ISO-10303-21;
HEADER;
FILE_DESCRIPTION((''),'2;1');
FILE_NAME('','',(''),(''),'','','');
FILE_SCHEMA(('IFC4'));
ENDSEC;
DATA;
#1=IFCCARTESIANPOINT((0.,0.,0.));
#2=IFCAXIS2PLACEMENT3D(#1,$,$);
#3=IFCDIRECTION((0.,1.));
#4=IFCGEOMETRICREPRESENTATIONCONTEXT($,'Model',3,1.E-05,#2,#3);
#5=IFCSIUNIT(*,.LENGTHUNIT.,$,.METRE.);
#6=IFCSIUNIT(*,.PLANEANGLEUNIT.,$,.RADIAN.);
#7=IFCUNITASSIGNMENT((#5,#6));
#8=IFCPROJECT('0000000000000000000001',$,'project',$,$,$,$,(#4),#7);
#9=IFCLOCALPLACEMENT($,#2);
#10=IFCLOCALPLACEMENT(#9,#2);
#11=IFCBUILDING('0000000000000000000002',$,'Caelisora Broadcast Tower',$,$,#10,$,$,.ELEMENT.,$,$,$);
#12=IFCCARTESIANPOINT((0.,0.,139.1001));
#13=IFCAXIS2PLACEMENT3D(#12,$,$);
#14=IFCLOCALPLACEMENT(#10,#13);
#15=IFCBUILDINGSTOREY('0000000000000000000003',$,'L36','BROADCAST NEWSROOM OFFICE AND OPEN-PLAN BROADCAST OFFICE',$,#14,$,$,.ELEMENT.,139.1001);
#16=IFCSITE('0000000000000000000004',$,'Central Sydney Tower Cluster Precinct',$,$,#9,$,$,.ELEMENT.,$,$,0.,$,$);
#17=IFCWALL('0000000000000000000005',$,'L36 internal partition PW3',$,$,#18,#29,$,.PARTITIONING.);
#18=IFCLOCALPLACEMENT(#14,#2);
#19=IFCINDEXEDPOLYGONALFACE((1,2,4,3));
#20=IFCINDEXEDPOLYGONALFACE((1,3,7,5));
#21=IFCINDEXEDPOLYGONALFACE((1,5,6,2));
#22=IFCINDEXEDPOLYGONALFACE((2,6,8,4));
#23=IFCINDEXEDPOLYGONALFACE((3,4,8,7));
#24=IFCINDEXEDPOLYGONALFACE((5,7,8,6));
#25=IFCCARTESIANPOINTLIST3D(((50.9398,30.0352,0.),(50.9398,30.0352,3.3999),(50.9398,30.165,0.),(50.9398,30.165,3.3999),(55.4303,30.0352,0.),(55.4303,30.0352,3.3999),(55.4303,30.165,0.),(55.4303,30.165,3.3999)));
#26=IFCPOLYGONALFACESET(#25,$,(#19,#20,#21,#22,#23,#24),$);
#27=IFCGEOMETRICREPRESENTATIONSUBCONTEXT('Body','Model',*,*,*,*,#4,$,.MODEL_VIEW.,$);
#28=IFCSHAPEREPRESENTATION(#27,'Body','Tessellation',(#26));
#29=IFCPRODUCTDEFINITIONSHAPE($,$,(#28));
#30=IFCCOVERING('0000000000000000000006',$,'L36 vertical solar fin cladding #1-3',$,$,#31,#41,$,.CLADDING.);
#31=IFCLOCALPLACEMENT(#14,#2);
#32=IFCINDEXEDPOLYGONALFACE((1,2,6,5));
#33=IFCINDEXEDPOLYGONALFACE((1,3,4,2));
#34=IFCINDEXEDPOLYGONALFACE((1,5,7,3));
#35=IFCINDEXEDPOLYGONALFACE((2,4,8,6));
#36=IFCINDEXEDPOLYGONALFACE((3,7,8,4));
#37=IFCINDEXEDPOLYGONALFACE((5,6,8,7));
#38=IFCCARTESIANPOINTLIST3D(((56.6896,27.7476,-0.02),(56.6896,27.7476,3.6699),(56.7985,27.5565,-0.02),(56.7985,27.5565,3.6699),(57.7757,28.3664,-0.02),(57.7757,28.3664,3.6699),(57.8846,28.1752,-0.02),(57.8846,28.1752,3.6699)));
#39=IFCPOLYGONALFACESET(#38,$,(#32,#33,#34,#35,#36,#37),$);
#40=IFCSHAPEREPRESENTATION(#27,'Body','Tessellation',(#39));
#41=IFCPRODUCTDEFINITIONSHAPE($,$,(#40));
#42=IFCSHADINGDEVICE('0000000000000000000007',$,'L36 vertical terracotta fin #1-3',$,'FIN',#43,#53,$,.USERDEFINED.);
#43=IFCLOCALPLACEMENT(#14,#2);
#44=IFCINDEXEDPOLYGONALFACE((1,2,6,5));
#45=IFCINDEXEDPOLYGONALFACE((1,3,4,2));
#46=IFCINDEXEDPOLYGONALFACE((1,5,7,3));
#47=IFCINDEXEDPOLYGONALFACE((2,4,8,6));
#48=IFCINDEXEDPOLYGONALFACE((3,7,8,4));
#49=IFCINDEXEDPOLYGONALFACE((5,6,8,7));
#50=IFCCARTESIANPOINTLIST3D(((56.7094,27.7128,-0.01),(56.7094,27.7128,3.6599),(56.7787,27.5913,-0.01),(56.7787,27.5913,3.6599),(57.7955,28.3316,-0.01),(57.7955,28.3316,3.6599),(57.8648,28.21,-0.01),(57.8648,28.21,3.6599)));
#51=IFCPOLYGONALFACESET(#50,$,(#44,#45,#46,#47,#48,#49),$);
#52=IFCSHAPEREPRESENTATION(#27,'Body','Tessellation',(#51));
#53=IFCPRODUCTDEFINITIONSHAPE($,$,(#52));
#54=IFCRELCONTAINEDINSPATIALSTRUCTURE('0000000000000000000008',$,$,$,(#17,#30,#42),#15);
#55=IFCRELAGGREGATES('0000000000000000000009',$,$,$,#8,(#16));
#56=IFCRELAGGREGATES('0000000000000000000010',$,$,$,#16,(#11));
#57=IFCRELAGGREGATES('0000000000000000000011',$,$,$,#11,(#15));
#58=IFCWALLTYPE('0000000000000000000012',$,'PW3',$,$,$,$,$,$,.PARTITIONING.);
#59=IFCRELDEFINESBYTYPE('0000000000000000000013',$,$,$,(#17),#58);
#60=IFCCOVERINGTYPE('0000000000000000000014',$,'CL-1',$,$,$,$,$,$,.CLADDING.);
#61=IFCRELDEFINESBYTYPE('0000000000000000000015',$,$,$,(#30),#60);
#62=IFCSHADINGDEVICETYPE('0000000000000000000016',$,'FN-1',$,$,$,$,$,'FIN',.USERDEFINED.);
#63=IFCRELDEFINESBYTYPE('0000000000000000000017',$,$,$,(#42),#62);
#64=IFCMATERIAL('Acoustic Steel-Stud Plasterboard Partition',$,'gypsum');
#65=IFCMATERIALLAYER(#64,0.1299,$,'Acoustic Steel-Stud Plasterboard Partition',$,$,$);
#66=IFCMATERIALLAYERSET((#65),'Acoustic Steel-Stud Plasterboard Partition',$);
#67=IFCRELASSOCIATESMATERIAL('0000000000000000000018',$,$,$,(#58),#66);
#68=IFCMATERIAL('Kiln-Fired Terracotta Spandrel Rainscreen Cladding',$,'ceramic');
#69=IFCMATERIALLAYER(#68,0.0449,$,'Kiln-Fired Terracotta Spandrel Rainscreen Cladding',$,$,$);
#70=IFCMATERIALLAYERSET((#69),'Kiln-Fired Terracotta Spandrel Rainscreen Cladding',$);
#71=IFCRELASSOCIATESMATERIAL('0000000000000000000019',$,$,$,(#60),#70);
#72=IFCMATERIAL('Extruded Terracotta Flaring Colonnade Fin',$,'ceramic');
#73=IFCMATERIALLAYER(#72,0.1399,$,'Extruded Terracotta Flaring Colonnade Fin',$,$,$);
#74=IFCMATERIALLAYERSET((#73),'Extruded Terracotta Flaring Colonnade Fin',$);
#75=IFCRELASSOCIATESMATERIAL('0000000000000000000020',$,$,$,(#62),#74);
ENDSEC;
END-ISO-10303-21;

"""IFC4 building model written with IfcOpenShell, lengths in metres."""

from ifc_helpers import new_model, si_unit, direction, frame, frame_2d, origin, origin_2d, place, context, subcontext, project, spatial, rectangle, extrude, source, transform, mapped, material, layer, layer_set, type_object, type_shapes, element, save


model = new_model("IFC4")

# Units and contexts
model_context = context("Model", 3, precision=1e-05, world=origin(), true_north=direction((0.0, 1.0)))
body_context = subcontext(model_context, "Body", "Model", "MODEL_VIEW")
ifc_project = project(units=[si_unit("LENGTHUNIT", "METRE"), si_unit("PLANEANGLEUNIT", "RADIAN")], contexts=[model_context])

# Site, building, storey
site_placement = place(None, origin())
site = spatial("IfcSite", under=ifc_project, at=site_placement, Name="Central Sydney Tower Cluster Precinct", CompositionType="ELEMENT", RefElevation=0.0)
building_placement = place(site_placement, origin())
building = spatial("IfcBuilding", under=site, at=building_placement, Name="Caelisora Broadcast Tower", CompositionType="ELEMENT")
storey_placement = place(building_placement, frame((0.0, 0.0, 139.1001)))
storey = spatial("IfcBuildingStorey", under=building, at=storey_placement, Name="L36", Description="BROADCAST NEWSROOM OFFICE AND OPEN-PLAN BROADCAST OFFICE", CompositionType="ELEMENT", Elevation=139.1001)

# Wall
ifc_material_1 = material(Name="Acoustic Steel-Stud Plasterboard Partition", Category="gypsum")
ifc_layer_1 = layer(ifc_material_1, 0.1299, Name="Acoustic Steel-Stud Plasterboard Partition")
ifc_layer_set_1 = layer_set([ifc_layer_1], Name="Acoustic Steel-Stud Plasterboard Partition")
wall_type_1 = type_object("IfcWallType", Name="PW3", PredefinedType="PARTITIONING", material=ifc_layer_set_1)
wall_1_placement = place(storey_placement, frame((50.9399, 30.1001, 0.0), z_axis=(0.0, 0.0, 1.0), x_axis=(1.0, 0.0, 0.0)))
element("IfcWall", 1, at=wall_1_placement, inside=storey, type_object=wall_type_1, Name="L36 internal partition PW3", PredefinedType="PARTITIONING", context=body_context, shape_type="SweptSolid", body=[
    extrude(rectangle(XDim=4.4905, YDim=0.1299, at=frame_2d((2.2451, 0.0))), origin(), (0.0, 0.0, 1.0), 3.3999),
])

# Covering
ifc_material_2 = material(Name="Kiln-Fired Terracotta Spandrel Rainscreen Cladding", Category="ceramic")
ifc_layer_2 = layer(ifc_material_2, 0.0449, Name="Kiln-Fired Terracotta Spandrel Rainscreen Cladding")
ifc_layer_set_2 = layer_set([ifc_layer_2], Name="Kiln-Fired Terracotta Spandrel Rainscreen Cladding")
covering_type = type_object("IfcCoveringType", Name="CL-1", PredefinedType="CLADDING", material=ifc_layer_set_2)
shared_shape_1 = source(origin(), body_context, "Body", "SweptSolid", [
    extrude(rectangle(XDim=0.22, YDim=1.25, at=origin_2d()), origin(), (0.0, 0.0, 1.0), 3.6899),
])
type_shapes(covering_type, [shared_shape_1])
covering_placement = place(storey_placement, frame((57.2871, 27.9614, -0.02), z_axis=(0.0, 0.0, 1.0), x_axis=(0.495004, -0.868891, 0.0)))
element("IfcCovering", 2, at=covering_placement, inside=storey, type_object=covering_type, Name="L36 vertical solar fin cladding #1-3", PredefinedType="CLADDING", context=body_context, shape_type="MappedRepresentation", body=[
    mapped(shared_shape_1, transform((0.0, 0.0, 0.0), scale=1.0)),
])

# Shading device
ifc_material_3 = material(Name="Extruded Terracotta Flaring Colonnade Fin", Category="ceramic")
ifc_layer_3 = layer(ifc_material_3, 0.1399, Name="Extruded Terracotta Flaring Colonnade Fin")
ifc_layer_set_3 = layer_set([ifc_layer_3], Name="Extruded Terracotta Flaring Colonnade Fin")
shading_device_type = type_object("IfcShadingDeviceType", Name="FN-1", ElementType="FIN", PredefinedType="USERDEFINED", material=ifc_layer_set_3)
shared_shape_2 = source(origin(), body_context, "Body", "SweptSolid", [
    extrude(rectangle(XDim=0.1399, YDim=1.25, at=origin_2d()), origin(), (0.0, 0.0, 1.0), 3.6699),
])
type_shapes(shading_device_type, [shared_shape_2])
shading_device_placement = place(storey_placement, frame((57.2871, 27.9614, -0.01), z_axis=(0.0, 0.0, 1.0), x_axis=(0.495004, -0.868891, 0.0)))
element("IfcShadingDevice", 3, at=shading_device_placement, inside=storey, type_object=shading_device_type, Name="L36 vertical terracotta fin #1-3", ObjectType="FIN", PredefinedType="USERDEFINED", context=body_context, shape_type="MappedRepresentation", body=[
    mapped(shared_shape_2, transform((0.0, 0.0, 0.0), scale=1.0)),
])

save(model, "model.ifc")
